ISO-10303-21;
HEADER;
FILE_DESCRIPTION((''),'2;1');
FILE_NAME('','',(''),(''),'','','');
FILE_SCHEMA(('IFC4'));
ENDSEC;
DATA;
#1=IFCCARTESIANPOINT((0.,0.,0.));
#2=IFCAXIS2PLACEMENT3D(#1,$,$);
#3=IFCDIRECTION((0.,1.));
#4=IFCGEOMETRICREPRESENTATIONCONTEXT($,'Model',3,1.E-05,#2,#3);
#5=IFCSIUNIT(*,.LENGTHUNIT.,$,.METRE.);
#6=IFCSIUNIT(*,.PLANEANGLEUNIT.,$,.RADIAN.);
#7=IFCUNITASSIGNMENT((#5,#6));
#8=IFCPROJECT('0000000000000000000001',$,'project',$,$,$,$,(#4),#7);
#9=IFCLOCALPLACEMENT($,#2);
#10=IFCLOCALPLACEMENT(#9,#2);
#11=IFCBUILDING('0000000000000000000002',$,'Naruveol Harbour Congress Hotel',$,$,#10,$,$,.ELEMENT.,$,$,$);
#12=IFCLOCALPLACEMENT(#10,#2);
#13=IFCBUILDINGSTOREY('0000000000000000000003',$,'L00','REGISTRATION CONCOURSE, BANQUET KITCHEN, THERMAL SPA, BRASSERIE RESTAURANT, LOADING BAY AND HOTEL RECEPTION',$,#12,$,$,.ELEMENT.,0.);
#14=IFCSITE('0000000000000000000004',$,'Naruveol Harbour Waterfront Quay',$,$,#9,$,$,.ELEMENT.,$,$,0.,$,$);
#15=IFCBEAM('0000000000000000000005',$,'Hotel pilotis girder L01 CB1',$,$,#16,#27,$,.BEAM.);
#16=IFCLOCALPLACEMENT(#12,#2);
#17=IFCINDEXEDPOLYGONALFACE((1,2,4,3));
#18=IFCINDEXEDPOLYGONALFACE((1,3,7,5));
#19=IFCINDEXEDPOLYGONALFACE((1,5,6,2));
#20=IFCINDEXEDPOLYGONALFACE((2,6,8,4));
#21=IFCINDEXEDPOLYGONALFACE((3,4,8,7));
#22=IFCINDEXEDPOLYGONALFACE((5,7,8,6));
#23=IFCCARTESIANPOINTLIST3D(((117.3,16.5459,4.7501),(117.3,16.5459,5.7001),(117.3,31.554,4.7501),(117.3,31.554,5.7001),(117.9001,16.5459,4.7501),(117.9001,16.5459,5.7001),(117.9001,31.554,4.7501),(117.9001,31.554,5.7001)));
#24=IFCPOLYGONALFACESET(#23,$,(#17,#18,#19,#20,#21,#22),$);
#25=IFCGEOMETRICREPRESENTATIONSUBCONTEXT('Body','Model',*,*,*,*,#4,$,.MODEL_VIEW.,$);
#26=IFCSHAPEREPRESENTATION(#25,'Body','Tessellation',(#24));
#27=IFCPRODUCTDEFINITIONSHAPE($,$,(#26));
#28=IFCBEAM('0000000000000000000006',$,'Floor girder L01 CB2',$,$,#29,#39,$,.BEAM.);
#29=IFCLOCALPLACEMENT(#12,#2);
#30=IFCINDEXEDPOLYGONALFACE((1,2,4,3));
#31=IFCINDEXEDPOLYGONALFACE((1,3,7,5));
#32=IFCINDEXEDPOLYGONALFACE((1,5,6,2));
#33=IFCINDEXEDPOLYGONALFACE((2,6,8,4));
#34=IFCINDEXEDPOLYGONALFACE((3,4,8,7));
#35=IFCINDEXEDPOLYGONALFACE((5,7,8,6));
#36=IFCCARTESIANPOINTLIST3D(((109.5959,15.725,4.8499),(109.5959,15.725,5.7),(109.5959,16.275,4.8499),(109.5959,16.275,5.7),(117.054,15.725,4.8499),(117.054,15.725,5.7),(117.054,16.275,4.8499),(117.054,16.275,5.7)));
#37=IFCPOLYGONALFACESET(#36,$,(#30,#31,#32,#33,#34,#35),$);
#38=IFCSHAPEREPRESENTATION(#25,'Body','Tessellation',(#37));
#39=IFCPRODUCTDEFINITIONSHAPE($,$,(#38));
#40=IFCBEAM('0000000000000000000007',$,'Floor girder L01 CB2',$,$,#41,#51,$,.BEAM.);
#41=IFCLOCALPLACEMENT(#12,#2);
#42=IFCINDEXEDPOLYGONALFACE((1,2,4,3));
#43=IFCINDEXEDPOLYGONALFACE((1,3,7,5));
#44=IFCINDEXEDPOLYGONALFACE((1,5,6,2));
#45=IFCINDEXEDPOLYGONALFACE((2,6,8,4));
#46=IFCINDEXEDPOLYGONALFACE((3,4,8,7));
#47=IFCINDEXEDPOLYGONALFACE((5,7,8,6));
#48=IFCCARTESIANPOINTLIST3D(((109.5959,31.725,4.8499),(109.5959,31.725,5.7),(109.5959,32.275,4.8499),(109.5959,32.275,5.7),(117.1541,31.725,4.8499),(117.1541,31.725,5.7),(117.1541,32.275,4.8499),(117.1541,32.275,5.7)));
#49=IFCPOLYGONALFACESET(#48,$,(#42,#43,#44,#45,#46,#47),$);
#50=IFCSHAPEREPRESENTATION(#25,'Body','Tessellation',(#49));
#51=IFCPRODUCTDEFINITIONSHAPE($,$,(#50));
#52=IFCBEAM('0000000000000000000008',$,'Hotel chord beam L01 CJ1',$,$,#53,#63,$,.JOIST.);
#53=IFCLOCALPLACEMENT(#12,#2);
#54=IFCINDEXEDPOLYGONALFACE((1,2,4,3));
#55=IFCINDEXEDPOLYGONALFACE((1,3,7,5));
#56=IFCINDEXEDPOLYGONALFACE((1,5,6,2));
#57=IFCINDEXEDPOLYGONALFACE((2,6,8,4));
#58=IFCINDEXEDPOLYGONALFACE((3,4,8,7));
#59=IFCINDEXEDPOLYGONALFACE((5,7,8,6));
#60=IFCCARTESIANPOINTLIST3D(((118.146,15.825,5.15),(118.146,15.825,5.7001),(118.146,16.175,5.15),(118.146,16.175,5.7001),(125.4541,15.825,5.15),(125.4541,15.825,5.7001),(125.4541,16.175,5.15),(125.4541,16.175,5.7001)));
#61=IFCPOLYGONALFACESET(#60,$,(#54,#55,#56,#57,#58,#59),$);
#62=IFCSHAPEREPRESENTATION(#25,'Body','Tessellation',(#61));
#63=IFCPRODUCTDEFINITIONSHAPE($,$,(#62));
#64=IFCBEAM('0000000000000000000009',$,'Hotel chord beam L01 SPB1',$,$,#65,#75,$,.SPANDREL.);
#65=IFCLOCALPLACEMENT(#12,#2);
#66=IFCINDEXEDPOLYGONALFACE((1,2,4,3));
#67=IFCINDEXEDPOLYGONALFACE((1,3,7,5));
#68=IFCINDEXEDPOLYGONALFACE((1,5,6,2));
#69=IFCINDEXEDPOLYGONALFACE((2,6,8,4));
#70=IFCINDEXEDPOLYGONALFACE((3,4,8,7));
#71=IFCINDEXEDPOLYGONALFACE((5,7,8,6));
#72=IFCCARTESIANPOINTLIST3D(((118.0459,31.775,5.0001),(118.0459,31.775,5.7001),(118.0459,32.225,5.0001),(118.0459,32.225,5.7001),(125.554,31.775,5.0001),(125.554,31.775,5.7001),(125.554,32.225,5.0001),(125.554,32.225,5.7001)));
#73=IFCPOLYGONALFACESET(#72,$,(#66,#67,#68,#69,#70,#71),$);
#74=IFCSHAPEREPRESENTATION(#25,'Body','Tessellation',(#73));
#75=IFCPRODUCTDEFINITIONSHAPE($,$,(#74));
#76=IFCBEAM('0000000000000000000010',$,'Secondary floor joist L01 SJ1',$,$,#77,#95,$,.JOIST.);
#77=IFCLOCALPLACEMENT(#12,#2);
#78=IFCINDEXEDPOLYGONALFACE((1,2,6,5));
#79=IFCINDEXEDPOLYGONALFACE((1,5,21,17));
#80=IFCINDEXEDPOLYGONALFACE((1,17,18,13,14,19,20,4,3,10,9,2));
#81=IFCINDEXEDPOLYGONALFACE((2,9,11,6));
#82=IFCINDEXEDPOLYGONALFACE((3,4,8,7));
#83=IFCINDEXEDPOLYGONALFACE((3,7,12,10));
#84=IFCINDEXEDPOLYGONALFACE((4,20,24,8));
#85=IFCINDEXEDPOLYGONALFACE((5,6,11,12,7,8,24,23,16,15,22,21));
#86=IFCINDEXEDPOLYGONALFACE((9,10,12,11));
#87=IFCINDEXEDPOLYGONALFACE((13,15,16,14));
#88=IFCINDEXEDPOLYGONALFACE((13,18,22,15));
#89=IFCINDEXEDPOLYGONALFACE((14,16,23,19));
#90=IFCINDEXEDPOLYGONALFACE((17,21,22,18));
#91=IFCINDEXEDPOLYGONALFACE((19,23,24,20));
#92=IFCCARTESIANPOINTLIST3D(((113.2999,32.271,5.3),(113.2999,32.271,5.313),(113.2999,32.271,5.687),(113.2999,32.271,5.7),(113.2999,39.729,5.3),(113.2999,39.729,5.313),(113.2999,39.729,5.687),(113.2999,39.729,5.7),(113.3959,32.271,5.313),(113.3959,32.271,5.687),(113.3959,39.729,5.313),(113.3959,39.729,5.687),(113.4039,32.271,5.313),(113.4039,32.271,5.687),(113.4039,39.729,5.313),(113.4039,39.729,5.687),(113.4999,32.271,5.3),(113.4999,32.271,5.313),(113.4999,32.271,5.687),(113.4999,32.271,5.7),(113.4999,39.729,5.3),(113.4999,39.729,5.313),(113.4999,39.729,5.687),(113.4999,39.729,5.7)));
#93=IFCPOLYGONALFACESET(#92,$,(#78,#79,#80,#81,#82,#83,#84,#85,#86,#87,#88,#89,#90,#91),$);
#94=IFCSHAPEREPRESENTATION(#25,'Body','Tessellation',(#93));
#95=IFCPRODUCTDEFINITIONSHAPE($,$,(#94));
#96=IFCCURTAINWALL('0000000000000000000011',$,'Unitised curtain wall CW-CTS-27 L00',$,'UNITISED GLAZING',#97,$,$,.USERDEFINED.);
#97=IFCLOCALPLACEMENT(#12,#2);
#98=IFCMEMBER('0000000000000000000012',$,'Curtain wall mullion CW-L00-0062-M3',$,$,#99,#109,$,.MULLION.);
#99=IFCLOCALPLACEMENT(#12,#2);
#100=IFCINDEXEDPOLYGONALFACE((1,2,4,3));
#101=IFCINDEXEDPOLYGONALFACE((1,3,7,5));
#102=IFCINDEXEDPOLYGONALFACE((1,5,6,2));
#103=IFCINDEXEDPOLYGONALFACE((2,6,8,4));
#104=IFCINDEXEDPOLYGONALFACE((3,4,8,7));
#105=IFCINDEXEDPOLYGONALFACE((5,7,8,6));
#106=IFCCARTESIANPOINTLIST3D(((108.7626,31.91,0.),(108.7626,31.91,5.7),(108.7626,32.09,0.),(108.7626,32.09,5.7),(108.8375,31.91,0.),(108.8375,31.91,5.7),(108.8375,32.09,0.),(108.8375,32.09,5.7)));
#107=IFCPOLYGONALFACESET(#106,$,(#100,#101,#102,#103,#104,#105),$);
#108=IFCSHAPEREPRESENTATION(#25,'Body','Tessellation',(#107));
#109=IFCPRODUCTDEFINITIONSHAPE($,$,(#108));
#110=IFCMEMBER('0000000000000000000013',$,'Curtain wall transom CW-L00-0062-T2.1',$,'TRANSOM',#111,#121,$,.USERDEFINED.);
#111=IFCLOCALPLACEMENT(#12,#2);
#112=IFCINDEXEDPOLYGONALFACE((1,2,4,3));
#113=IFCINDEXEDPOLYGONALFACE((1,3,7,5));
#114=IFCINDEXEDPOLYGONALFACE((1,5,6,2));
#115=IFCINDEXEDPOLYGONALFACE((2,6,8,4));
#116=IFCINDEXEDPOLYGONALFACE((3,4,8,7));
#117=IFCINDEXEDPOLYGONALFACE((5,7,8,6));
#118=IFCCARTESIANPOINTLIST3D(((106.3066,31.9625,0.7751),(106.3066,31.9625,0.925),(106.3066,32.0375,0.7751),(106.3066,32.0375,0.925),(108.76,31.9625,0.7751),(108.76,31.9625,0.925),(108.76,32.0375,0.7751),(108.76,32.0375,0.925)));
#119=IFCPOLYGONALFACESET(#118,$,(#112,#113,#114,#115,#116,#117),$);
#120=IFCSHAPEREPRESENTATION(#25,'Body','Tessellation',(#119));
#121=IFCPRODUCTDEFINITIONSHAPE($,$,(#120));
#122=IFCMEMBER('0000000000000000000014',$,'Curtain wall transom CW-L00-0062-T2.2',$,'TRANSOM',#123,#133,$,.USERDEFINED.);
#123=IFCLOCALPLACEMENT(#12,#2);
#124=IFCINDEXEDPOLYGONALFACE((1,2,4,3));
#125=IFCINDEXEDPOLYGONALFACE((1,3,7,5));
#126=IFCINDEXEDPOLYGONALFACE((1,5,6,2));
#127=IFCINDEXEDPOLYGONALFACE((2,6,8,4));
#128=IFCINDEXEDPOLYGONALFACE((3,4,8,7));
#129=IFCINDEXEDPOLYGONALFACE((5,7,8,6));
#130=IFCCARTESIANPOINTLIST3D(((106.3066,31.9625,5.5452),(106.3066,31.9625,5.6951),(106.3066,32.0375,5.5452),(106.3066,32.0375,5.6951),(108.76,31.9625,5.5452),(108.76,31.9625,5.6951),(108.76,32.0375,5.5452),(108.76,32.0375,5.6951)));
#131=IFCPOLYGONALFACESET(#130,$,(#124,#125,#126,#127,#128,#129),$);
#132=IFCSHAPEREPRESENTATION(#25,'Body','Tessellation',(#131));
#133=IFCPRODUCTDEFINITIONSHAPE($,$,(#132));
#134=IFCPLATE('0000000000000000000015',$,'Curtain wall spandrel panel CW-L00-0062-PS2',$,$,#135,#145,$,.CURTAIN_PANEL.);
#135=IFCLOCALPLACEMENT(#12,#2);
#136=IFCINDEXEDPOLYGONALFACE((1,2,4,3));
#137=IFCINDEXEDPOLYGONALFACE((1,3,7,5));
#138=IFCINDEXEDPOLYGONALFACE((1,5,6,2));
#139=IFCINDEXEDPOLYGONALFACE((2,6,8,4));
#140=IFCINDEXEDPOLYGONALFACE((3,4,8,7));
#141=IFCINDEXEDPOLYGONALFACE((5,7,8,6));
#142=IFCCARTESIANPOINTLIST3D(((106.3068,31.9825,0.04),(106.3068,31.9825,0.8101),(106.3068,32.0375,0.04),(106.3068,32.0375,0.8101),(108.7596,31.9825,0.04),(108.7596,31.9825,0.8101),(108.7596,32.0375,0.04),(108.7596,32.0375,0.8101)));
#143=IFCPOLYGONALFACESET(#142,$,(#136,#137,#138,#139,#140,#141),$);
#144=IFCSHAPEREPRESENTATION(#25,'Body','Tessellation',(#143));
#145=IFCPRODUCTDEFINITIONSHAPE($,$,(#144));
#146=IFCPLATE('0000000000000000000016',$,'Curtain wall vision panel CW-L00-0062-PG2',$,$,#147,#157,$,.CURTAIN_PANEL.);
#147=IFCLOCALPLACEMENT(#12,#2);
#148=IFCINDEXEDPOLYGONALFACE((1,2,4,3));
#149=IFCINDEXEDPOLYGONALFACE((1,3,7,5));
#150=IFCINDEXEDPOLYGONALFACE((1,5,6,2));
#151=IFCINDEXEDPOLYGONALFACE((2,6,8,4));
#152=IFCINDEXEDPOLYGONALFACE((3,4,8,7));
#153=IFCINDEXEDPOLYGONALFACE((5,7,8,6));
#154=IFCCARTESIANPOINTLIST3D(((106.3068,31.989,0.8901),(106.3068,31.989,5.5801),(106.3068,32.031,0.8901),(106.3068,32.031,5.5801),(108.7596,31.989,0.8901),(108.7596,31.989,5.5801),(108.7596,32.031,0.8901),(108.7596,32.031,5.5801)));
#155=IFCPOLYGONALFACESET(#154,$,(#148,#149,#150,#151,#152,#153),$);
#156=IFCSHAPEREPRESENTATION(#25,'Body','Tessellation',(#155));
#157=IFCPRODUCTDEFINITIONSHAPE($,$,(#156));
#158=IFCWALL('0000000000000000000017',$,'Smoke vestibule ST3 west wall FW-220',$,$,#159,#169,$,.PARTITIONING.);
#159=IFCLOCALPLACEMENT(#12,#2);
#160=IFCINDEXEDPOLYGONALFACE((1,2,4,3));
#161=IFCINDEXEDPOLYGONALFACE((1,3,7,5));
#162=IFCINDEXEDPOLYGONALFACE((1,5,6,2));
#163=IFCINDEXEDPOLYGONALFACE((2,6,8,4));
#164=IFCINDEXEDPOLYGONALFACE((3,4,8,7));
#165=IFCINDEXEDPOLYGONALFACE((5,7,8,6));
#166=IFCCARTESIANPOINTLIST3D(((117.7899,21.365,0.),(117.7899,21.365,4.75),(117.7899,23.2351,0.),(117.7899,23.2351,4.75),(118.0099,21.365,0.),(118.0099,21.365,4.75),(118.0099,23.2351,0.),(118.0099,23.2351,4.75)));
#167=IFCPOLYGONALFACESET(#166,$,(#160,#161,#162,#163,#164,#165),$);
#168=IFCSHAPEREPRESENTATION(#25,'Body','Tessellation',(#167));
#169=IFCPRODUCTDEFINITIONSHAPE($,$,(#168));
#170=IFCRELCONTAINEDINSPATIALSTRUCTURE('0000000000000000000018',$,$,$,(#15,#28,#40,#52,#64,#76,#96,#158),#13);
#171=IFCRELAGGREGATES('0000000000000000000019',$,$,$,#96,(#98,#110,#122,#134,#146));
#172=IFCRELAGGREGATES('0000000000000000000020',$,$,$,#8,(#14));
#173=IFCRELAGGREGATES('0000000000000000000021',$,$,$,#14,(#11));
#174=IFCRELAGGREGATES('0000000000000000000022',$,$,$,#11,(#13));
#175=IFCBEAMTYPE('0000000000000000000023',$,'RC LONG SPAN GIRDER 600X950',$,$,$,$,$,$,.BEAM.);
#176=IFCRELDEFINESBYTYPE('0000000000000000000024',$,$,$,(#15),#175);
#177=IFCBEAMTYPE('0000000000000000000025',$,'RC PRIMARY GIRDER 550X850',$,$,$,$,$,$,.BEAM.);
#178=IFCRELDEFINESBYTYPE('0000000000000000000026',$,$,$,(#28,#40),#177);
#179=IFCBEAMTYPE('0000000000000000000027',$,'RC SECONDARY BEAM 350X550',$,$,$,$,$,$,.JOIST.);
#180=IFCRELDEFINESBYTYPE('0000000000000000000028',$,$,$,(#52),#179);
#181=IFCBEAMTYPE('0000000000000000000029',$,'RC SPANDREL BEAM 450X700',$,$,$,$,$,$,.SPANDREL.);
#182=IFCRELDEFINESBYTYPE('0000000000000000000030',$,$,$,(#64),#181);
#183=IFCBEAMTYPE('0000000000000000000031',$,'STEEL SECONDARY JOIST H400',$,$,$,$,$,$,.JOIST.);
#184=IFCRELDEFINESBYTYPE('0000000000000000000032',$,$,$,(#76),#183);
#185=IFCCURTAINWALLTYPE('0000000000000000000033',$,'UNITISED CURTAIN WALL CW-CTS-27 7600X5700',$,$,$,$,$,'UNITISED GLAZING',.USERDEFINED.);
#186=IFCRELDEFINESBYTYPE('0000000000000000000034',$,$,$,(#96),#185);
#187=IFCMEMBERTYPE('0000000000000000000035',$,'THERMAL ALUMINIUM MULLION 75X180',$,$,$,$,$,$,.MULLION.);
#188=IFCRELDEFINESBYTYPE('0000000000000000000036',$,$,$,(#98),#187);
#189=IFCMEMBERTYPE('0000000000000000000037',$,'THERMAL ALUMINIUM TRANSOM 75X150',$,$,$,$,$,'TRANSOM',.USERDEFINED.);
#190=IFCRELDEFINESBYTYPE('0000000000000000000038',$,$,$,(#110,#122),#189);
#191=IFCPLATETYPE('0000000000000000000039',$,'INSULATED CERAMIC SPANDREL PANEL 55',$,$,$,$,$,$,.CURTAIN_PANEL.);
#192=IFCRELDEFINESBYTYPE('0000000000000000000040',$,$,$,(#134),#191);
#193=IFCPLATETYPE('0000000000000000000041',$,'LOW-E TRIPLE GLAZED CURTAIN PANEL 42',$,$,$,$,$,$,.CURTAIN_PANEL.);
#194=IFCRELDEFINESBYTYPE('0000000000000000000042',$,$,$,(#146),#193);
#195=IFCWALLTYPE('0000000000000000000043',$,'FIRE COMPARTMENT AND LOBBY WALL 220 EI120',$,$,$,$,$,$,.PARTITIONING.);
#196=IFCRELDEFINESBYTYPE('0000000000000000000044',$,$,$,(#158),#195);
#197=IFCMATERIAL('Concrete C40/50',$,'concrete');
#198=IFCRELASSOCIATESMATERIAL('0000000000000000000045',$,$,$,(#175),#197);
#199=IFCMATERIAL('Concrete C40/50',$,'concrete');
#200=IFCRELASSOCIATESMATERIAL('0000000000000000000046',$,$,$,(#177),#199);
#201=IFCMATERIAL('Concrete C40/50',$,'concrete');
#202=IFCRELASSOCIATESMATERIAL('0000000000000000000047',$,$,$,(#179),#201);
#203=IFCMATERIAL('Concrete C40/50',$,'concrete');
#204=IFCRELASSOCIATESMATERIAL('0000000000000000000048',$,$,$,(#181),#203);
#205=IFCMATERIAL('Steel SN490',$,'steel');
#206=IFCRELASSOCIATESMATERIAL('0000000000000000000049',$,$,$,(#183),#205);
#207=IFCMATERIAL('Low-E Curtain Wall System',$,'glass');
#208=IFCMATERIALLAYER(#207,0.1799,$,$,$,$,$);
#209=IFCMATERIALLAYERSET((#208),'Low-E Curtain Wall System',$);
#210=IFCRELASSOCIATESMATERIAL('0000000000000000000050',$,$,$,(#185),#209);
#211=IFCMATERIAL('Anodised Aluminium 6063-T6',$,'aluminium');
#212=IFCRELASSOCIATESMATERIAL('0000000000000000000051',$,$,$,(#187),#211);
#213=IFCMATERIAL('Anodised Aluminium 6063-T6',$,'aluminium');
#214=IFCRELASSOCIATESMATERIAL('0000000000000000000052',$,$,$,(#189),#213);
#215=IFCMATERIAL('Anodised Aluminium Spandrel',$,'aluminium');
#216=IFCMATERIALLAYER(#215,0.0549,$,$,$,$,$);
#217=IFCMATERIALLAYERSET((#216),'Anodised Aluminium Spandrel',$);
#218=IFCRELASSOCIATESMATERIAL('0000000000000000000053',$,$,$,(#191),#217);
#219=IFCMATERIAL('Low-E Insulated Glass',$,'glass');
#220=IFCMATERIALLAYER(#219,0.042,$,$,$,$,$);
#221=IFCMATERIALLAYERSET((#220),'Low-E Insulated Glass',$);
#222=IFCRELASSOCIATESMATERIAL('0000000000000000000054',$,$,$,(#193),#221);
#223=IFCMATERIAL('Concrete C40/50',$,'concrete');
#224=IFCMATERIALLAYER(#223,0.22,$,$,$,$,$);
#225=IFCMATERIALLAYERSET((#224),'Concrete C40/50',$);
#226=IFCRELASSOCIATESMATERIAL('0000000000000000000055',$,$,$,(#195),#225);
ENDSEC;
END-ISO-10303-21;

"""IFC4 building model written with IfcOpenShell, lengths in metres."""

from ifc_helpers import new_model, si_unit, direction, frame, frame_2d, origin, origin_2d, place, context, subcontext, project, spatial, rectangle, i_section, extrude, material, layer, layer_set, material_profile, profile_set, type_object, element, aggregate, save


model = new_model("IFC4")

# Units and contexts
model_context = context("Model", 3, precision=1e-05, world=origin(), true_north=direction((0.0, 1.0)))
body_context = subcontext(model_context, "Body", "Model", "MODEL_VIEW")
ifc_project = project(units=[si_unit("LENGTHUNIT", "METRE"), si_unit("PLANEANGLEUNIT", "RADIAN")], contexts=[model_context])

# Site, building, storey
site_placement = place(None, origin())
site = spatial("IfcSite", under=ifc_project, at=site_placement, Name="Naruveol Harbour Waterfront Quay", CompositionType="ELEMENT", RefElevation=0.0)
building_placement = place(site_placement, origin())
building = spatial("IfcBuilding", under=site, at=building_placement, Name="Naruveol Harbour Congress Hotel", CompositionType="ELEMENT")
storey_placement = place(building_placement, origin())
storey = spatial("IfcBuildingStorey", under=building, at=storey_placement, Name="L00", Description="REGISTRATION CONCOURSE, BANQUET KITCHEN, THERMAL SPA, BRASSERIE RESTAURANT, LOADING BAY AND HOTEL RECEPTION", CompositionType="ELEMENT", Elevation=0.0)

# Beams
ifc_material_1 = material(Name="Concrete C40/50", Category="concrete")
ifc_material_profile_1 = material_profile(ifc_material_1, rectangle(XDim=0.6001, YDim=0.95, at=origin_2d()), Name="RCB-600x950")
ifc_profile_set_1 = profile_set([ifc_material_profile_1], Name="Concrete C40/50")
beam_type_1 = type_object("IfcBeamType", Name="RC LONG SPAN GIRDER 600X950", PredefinedType="BEAM", material=ifc_profile_set_1)
beam_1_placement = place(storey_placement, frame((117.6001, 16.5459, 5.2251), z_axis=(0.0, 1.0, 0.0), x_axis=(-1.0, 0.0, 0.0)))
element("IfcBeam", 1, at=beam_1_placement, inside=storey, type_object=beam_type_1, Name="Hotel pilotis girder L01 CB1", PredefinedType="BEAM", context=body_context, shape_type="SweptSolid", body=[
    extrude(rectangle(XDim=0.6001, YDim=0.95, at=origin_2d()), origin(), (0.0, 0.0, 1.0), 15.0081),
])
ifc_material_2 = material(Name="Concrete C40/50", Category="concrete")
ifc_material_profile_2 = material_profile(ifc_material_2, rectangle(XDim=0.55, YDim=0.8501, at=origin_2d()), Name="RCB-550x850")
ifc_profile_set_2 = profile_set([ifc_material_profile_2], Name="Concrete C40/50")
beam_type_2 = type_object("IfcBeamType", Name="RC PRIMARY GIRDER 550X850", PredefinedType="BEAM", material=ifc_profile_set_2)
beam_2_placement = place(storey_placement, frame((109.5959, 16.0, 5.2749), z_axis=(1.0, 0.0, 0.0), x_axis=(0.0, 1.0, 0.0)))
element("IfcBeam", 2, at=beam_2_placement, inside=storey, type_object=beam_type_2, Name="Floor girder L01 CB2", PredefinedType="BEAM", context=body_context, shape_type="SweptSolid", body=[
    extrude(rectangle(XDim=0.55, YDim=0.8501, at=origin_2d()), origin(), (0.0, 0.0, 1.0), 7.458),
])
beam_3_placement = place(storey_placement, frame((109.5959, 32.0, 5.2749), z_axis=(1.0, 0.0, 0.0), x_axis=(0.0, 1.0, 0.0)))
element("IfcBeam", 3, at=beam_3_placement, inside=storey, type_object=beam_type_2, Name="Floor girder L01 CB2", PredefinedType="BEAM", context=body_context, shape_type="SweptSolid", body=[
    extrude(rectangle(XDim=0.55, YDim=0.8501, at=origin_2d()), origin(), (0.0, 0.0, 1.0), 7.5581),
])
ifc_material_3 = material(Name="Concrete C40/50", Category="concrete")
ifc_material_profile_3 = material_profile(ifc_material_3, rectangle(XDim=0.3501, YDim=0.55, at=origin_2d()), Name="RCB-350x550")
ifc_profile_set_3 = profile_set([ifc_material_profile_3], Name="Concrete C40/50")
beam_type_3 = type_object("IfcBeamType", Name="RC SECONDARY BEAM 350X550", PredefinedType="JOIST", material=ifc_profile_set_3)
beam_4_placement = place(storey_placement, frame((118.146, 16.0, 5.425), z_axis=(1.0, 0.0, 0.0), x_axis=(0.0, 1.0, 0.0)))
element("IfcBeam", 4, at=beam_4_placement, inside=storey, type_object=beam_type_3, Name="Hotel chord beam L01 CJ1", PredefinedType="JOIST", context=body_context, shape_type="SweptSolid", body=[
    extrude(rectangle(XDim=0.3501, YDim=0.55, at=origin_2d()), origin(), (0.0, 0.0, 1.0), 7.3081),
])
ifc_material_4 = material(Name="Concrete C40/50", Category="concrete")
ifc_material_profile_4 = material_profile(ifc_material_4, rectangle(XDim=0.45, YDim=0.7, at=origin_2d()), Name="RCB-450x700")
ifc_profile_set_4 = profile_set([ifc_material_profile_4], Name="Concrete C40/50")
beam_type_4 = type_object("IfcBeamType", Name="RC SPANDREL BEAM 450X700", PredefinedType="SPANDREL", material=ifc_profile_set_4)
beam_5_placement = place(storey_placement, frame((118.0459, 32.0, 5.3501), z_axis=(1.0, 0.0, 0.0), x_axis=(0.0, 1.0, 0.0)))
element("IfcBeam", 5, at=beam_5_placement, inside=storey, type_object=beam_type_4, Name="Hotel chord beam L01 SPB1", PredefinedType="SPANDREL", context=body_context, shape_type="SweptSolid", body=[
    extrude(rectangle(XDim=0.45, YDim=0.7, at=origin_2d()), origin(), (0.0, 0.0, 1.0), 7.5081),
])
ifc_material_5 = material(Name="Steel SN490", Category="steel")
ifc_material_profile_5 = material_profile(ifc_material_5, i_section(OverallWidth=0.2, OverallDepth=0.3999, WebThickness=0.0081, FlangeThickness=0.0129, at=origin_2d()), Name="H-400x200x8x13")
ifc_profile_set_5 = profile_set([ifc_material_profile_5], Name="Steel SN490")
beam_type_5 = type_object("IfcBeamType", Name="STEEL SECONDARY JOIST H400", PredefinedType="JOIST", material=ifc_profile_set_5)
beam_6_placement = place(storey_placement, frame((113.3999, 32.271, 5.5), z_axis=(0.0, 1.0, 0.0), x_axis=(-1.0, 0.0, 0.0)))
element("IfcBeam", 6, at=beam_6_placement, inside=storey, type_object=beam_type_5, Name="Secondary floor joist L01 SJ1", PredefinedType="JOIST", context=body_context, shape_type="SweptSolid", body=[
    extrude(i_section(OverallWidth=0.2, OverallDepth=0.3999, WebThickness=0.0081, FlangeThickness=0.0129, at=origin_2d()), origin(), (0.0, 0.0, 1.0), 7.458),
])

# Curtain wall, members, plates
ifc_material_6 = material(Name="Low-E Curtain Wall System", Category="glass")
ifc_layer_1 = layer(ifc_material_6, 0.1799)
ifc_layer_set_1 = layer_set([ifc_layer_1], Name="Low-E Curtain Wall System")
curtain_wall_type = type_object("IfcCurtainWallType", Name="UNITISED CURTAIN WALL CW-CTS-27 7600X5700", ElementType="UNITISED GLAZING", PredefinedType="USERDEFINED", material=ifc_layer_set_1)
curtain_wall_placement = place(storey_placement, origin())
curtain_wall = element("IfcCurtainWall", 7, at=curtain_wall_placement, inside=storey, type_object=curtain_wall_type, Name="Unitised curtain wall CW-CTS-27 L00", ObjectType="UNITISED GLAZING", PredefinedType="USERDEFINED")
ifc_material_7 = material(Name="Anodised Aluminium 6063-T6", Category="aluminium")
ifc_material_profile_6 = material_profile(ifc_material_7, rectangle(XDim=0.075, YDim=0.1799, at=origin_2d()), Name="ALU-75x180")
ifc_profile_set_6 = profile_set([ifc_material_profile_6], Name="Anodised Aluminium 6063-T6")
member_type_1 = type_object("IfcMemberType", Name="THERMAL ALUMINIUM MULLION 75X180", PredefinedType="MULLION", material=ifc_profile_set_6)
member_1_placement = place(storey_placement, frame((108.8, 32.0, 0.0), z_axis=(0.0, 0.0, 1.0), x_axis=(1.0, 0.0, 0.0)))
member_1 = element("IfcMember", 8, at=member_1_placement, type_object=member_type_1, Name="Curtain wall mullion CW-L00-0062-M3", PredefinedType="MULLION", context=body_context, shape_type="SweptSolid", body=[
    extrude(rectangle(XDim=0.075, YDim=0.1799, at=origin_2d()), origin(), (0.0, 0.0, 1.0), 5.7),
])
ifc_material_8 = material(Name="Anodised Aluminium 6063-T6", Category="aluminium")
ifc_material_profile_7 = material_profile(ifc_material_8, rectangle(XDim=0.075, YDim=0.1499, at=origin_2d()), Name="ALU-75x150")
ifc_profile_set_7 = profile_set([ifc_material_profile_7], Name="Anodised Aluminium 6063-T6")
member_type_2 = type_object("IfcMemberType", Name="THERMAL ALUMINIUM TRANSOM 75X150", ElementType="TRANSOM", PredefinedType="USERDEFINED", material=ifc_profile_set_7)
member_2_placement = place(storey_placement, frame((106.3066, 32.0, 0.8501), z_axis=(1.0, 0.0, 0.0), x_axis=(0.0, 1.0, 0.0)))
member_2 = element("IfcMember", 9, at=member_2_placement, type_object=member_type_2, Name="Curtain wall transom CW-L00-0062-T2.1", ObjectType="TRANSOM", PredefinedType="USERDEFINED", context=body_context, shape_type="SweptSolid", body=[
    extrude(rectangle(XDim=0.075, YDim=0.1499, at=origin_2d()), origin(), (0.0, 0.0, 1.0), 2.4534),
])
member_3_placement = place(storey_placement, frame((106.3066, 32.0, 5.6201), z_axis=(1.0, 0.0, 0.0), x_axis=(0.0, 1.0, 0.0)))
member_3 = element("IfcMember", 10, at=member_3_placement, type_object=member_type_2, Name="Curtain wall transom CW-L00-0062-T2.2", ObjectType="TRANSOM", PredefinedType="USERDEFINED", context=body_context, shape_type="SweptSolid", body=[
    extrude(rectangle(XDim=0.075, YDim=0.1499, at=origin_2d()), origin(), (0.0, 0.0, 1.0), 2.4534),
])
ifc_material_9 = material(Name="Anodised Aluminium Spandrel", Category="aluminium")
ifc_layer_2 = layer(ifc_material_9, 0.0549)
ifc_layer_set_2 = layer_set([ifc_layer_2], Name="Anodised Aluminium Spandrel")
plate_type_1 = type_object("IfcPlateType", Name="INSULATED CERAMIC SPANDREL PANEL 55", PredefinedType="CURTAIN_PANEL", material=ifc_layer_set_2)
plate_1_placement = place(storey_placement, frame((107.5332, 32.01, 0.04), z_axis=(0.0, 0.0, 1.0), x_axis=(1.0, 0.0, 0.0)))
plate_1 = element("IfcPlate", 11, at=plate_1_placement, type_object=plate_type_1, Name="Curtain wall spandrel panel CW-L00-0062-PS2", PredefinedType="CURTAIN_PANEL", context=body_context, shape_type="SweptSolid", body=[
    extrude(rectangle(XDim=2.4529, YDim=0.0549, at=origin_2d()), origin(), (0.0, 0.0, 1.0), 0.77),
])
ifc_material_10 = material(Name="Low-E Insulated Glass", Category="glass")
ifc_layer_3 = layer(ifc_material_10, 0.042)
ifc_layer_set_3 = layer_set([ifc_layer_3], Name="Low-E Insulated Glass")
plate_type_2 = type_object("IfcPlateType", Name="LOW-E TRIPLE GLAZED CURTAIN PANEL 42", PredefinedType="CURTAIN_PANEL", material=ifc_layer_set_3)
plate_2_placement = place(storey_placement, frame((107.5332, 32.01, 0.8901), z_axis=(0.0, 0.0, 1.0), x_axis=(1.0, 0.0, 0.0)))
plate_2 = element("IfcPlate", 12, at=plate_2_placement, type_object=plate_type_2, Name="Curtain wall vision panel CW-L00-0062-PG2", PredefinedType="CURTAIN_PANEL", context=body_context, shape_type="SweptSolid", body=[
    extrude(rectangle(XDim=2.4529, YDim=0.042, at=origin_2d()), origin(), (0.0, 0.0, 1.0), 4.6899),
])
aggregate(curtain_wall, [member_1, member_2, member_3, plate_1, plate_2])

# Wall
ifc_material_11 = material(Name="Concrete C40/50", Category="concrete")
ifc_layer_4 = layer(ifc_material_11, 0.22)
ifc_layer_set_4 = layer_set([ifc_layer_4], Name="Concrete C40/50")
wall_type_1 = type_object("IfcWallType", Name="FIRE COMPARTMENT AND LOBBY WALL 220 EI120", PredefinedType="PARTITIONING", material=ifc_layer_set_4)
wall_1_placement = place(storey_placement, frame((117.8999, 21.365, 0.0), z_axis=(0.0, 0.0, 1.0), x_axis=(0.0, 1.0, 0.0)))
element("IfcWall", 13, at=wall_1_placement, inside=storey, type_object=wall_type_1, Name="Smoke vestibule ST3 west wall FW-220", PredefinedType="PARTITIONING", context=body_context, shape_type="SweptSolid", body=[
    extrude(rectangle(XDim=1.8701, YDim=0.22, at=frame_2d((0.9351, 0.0))), origin(), (0.0, 0.0, 1.0), 4.75),
])

save(model, "model.ifc")
